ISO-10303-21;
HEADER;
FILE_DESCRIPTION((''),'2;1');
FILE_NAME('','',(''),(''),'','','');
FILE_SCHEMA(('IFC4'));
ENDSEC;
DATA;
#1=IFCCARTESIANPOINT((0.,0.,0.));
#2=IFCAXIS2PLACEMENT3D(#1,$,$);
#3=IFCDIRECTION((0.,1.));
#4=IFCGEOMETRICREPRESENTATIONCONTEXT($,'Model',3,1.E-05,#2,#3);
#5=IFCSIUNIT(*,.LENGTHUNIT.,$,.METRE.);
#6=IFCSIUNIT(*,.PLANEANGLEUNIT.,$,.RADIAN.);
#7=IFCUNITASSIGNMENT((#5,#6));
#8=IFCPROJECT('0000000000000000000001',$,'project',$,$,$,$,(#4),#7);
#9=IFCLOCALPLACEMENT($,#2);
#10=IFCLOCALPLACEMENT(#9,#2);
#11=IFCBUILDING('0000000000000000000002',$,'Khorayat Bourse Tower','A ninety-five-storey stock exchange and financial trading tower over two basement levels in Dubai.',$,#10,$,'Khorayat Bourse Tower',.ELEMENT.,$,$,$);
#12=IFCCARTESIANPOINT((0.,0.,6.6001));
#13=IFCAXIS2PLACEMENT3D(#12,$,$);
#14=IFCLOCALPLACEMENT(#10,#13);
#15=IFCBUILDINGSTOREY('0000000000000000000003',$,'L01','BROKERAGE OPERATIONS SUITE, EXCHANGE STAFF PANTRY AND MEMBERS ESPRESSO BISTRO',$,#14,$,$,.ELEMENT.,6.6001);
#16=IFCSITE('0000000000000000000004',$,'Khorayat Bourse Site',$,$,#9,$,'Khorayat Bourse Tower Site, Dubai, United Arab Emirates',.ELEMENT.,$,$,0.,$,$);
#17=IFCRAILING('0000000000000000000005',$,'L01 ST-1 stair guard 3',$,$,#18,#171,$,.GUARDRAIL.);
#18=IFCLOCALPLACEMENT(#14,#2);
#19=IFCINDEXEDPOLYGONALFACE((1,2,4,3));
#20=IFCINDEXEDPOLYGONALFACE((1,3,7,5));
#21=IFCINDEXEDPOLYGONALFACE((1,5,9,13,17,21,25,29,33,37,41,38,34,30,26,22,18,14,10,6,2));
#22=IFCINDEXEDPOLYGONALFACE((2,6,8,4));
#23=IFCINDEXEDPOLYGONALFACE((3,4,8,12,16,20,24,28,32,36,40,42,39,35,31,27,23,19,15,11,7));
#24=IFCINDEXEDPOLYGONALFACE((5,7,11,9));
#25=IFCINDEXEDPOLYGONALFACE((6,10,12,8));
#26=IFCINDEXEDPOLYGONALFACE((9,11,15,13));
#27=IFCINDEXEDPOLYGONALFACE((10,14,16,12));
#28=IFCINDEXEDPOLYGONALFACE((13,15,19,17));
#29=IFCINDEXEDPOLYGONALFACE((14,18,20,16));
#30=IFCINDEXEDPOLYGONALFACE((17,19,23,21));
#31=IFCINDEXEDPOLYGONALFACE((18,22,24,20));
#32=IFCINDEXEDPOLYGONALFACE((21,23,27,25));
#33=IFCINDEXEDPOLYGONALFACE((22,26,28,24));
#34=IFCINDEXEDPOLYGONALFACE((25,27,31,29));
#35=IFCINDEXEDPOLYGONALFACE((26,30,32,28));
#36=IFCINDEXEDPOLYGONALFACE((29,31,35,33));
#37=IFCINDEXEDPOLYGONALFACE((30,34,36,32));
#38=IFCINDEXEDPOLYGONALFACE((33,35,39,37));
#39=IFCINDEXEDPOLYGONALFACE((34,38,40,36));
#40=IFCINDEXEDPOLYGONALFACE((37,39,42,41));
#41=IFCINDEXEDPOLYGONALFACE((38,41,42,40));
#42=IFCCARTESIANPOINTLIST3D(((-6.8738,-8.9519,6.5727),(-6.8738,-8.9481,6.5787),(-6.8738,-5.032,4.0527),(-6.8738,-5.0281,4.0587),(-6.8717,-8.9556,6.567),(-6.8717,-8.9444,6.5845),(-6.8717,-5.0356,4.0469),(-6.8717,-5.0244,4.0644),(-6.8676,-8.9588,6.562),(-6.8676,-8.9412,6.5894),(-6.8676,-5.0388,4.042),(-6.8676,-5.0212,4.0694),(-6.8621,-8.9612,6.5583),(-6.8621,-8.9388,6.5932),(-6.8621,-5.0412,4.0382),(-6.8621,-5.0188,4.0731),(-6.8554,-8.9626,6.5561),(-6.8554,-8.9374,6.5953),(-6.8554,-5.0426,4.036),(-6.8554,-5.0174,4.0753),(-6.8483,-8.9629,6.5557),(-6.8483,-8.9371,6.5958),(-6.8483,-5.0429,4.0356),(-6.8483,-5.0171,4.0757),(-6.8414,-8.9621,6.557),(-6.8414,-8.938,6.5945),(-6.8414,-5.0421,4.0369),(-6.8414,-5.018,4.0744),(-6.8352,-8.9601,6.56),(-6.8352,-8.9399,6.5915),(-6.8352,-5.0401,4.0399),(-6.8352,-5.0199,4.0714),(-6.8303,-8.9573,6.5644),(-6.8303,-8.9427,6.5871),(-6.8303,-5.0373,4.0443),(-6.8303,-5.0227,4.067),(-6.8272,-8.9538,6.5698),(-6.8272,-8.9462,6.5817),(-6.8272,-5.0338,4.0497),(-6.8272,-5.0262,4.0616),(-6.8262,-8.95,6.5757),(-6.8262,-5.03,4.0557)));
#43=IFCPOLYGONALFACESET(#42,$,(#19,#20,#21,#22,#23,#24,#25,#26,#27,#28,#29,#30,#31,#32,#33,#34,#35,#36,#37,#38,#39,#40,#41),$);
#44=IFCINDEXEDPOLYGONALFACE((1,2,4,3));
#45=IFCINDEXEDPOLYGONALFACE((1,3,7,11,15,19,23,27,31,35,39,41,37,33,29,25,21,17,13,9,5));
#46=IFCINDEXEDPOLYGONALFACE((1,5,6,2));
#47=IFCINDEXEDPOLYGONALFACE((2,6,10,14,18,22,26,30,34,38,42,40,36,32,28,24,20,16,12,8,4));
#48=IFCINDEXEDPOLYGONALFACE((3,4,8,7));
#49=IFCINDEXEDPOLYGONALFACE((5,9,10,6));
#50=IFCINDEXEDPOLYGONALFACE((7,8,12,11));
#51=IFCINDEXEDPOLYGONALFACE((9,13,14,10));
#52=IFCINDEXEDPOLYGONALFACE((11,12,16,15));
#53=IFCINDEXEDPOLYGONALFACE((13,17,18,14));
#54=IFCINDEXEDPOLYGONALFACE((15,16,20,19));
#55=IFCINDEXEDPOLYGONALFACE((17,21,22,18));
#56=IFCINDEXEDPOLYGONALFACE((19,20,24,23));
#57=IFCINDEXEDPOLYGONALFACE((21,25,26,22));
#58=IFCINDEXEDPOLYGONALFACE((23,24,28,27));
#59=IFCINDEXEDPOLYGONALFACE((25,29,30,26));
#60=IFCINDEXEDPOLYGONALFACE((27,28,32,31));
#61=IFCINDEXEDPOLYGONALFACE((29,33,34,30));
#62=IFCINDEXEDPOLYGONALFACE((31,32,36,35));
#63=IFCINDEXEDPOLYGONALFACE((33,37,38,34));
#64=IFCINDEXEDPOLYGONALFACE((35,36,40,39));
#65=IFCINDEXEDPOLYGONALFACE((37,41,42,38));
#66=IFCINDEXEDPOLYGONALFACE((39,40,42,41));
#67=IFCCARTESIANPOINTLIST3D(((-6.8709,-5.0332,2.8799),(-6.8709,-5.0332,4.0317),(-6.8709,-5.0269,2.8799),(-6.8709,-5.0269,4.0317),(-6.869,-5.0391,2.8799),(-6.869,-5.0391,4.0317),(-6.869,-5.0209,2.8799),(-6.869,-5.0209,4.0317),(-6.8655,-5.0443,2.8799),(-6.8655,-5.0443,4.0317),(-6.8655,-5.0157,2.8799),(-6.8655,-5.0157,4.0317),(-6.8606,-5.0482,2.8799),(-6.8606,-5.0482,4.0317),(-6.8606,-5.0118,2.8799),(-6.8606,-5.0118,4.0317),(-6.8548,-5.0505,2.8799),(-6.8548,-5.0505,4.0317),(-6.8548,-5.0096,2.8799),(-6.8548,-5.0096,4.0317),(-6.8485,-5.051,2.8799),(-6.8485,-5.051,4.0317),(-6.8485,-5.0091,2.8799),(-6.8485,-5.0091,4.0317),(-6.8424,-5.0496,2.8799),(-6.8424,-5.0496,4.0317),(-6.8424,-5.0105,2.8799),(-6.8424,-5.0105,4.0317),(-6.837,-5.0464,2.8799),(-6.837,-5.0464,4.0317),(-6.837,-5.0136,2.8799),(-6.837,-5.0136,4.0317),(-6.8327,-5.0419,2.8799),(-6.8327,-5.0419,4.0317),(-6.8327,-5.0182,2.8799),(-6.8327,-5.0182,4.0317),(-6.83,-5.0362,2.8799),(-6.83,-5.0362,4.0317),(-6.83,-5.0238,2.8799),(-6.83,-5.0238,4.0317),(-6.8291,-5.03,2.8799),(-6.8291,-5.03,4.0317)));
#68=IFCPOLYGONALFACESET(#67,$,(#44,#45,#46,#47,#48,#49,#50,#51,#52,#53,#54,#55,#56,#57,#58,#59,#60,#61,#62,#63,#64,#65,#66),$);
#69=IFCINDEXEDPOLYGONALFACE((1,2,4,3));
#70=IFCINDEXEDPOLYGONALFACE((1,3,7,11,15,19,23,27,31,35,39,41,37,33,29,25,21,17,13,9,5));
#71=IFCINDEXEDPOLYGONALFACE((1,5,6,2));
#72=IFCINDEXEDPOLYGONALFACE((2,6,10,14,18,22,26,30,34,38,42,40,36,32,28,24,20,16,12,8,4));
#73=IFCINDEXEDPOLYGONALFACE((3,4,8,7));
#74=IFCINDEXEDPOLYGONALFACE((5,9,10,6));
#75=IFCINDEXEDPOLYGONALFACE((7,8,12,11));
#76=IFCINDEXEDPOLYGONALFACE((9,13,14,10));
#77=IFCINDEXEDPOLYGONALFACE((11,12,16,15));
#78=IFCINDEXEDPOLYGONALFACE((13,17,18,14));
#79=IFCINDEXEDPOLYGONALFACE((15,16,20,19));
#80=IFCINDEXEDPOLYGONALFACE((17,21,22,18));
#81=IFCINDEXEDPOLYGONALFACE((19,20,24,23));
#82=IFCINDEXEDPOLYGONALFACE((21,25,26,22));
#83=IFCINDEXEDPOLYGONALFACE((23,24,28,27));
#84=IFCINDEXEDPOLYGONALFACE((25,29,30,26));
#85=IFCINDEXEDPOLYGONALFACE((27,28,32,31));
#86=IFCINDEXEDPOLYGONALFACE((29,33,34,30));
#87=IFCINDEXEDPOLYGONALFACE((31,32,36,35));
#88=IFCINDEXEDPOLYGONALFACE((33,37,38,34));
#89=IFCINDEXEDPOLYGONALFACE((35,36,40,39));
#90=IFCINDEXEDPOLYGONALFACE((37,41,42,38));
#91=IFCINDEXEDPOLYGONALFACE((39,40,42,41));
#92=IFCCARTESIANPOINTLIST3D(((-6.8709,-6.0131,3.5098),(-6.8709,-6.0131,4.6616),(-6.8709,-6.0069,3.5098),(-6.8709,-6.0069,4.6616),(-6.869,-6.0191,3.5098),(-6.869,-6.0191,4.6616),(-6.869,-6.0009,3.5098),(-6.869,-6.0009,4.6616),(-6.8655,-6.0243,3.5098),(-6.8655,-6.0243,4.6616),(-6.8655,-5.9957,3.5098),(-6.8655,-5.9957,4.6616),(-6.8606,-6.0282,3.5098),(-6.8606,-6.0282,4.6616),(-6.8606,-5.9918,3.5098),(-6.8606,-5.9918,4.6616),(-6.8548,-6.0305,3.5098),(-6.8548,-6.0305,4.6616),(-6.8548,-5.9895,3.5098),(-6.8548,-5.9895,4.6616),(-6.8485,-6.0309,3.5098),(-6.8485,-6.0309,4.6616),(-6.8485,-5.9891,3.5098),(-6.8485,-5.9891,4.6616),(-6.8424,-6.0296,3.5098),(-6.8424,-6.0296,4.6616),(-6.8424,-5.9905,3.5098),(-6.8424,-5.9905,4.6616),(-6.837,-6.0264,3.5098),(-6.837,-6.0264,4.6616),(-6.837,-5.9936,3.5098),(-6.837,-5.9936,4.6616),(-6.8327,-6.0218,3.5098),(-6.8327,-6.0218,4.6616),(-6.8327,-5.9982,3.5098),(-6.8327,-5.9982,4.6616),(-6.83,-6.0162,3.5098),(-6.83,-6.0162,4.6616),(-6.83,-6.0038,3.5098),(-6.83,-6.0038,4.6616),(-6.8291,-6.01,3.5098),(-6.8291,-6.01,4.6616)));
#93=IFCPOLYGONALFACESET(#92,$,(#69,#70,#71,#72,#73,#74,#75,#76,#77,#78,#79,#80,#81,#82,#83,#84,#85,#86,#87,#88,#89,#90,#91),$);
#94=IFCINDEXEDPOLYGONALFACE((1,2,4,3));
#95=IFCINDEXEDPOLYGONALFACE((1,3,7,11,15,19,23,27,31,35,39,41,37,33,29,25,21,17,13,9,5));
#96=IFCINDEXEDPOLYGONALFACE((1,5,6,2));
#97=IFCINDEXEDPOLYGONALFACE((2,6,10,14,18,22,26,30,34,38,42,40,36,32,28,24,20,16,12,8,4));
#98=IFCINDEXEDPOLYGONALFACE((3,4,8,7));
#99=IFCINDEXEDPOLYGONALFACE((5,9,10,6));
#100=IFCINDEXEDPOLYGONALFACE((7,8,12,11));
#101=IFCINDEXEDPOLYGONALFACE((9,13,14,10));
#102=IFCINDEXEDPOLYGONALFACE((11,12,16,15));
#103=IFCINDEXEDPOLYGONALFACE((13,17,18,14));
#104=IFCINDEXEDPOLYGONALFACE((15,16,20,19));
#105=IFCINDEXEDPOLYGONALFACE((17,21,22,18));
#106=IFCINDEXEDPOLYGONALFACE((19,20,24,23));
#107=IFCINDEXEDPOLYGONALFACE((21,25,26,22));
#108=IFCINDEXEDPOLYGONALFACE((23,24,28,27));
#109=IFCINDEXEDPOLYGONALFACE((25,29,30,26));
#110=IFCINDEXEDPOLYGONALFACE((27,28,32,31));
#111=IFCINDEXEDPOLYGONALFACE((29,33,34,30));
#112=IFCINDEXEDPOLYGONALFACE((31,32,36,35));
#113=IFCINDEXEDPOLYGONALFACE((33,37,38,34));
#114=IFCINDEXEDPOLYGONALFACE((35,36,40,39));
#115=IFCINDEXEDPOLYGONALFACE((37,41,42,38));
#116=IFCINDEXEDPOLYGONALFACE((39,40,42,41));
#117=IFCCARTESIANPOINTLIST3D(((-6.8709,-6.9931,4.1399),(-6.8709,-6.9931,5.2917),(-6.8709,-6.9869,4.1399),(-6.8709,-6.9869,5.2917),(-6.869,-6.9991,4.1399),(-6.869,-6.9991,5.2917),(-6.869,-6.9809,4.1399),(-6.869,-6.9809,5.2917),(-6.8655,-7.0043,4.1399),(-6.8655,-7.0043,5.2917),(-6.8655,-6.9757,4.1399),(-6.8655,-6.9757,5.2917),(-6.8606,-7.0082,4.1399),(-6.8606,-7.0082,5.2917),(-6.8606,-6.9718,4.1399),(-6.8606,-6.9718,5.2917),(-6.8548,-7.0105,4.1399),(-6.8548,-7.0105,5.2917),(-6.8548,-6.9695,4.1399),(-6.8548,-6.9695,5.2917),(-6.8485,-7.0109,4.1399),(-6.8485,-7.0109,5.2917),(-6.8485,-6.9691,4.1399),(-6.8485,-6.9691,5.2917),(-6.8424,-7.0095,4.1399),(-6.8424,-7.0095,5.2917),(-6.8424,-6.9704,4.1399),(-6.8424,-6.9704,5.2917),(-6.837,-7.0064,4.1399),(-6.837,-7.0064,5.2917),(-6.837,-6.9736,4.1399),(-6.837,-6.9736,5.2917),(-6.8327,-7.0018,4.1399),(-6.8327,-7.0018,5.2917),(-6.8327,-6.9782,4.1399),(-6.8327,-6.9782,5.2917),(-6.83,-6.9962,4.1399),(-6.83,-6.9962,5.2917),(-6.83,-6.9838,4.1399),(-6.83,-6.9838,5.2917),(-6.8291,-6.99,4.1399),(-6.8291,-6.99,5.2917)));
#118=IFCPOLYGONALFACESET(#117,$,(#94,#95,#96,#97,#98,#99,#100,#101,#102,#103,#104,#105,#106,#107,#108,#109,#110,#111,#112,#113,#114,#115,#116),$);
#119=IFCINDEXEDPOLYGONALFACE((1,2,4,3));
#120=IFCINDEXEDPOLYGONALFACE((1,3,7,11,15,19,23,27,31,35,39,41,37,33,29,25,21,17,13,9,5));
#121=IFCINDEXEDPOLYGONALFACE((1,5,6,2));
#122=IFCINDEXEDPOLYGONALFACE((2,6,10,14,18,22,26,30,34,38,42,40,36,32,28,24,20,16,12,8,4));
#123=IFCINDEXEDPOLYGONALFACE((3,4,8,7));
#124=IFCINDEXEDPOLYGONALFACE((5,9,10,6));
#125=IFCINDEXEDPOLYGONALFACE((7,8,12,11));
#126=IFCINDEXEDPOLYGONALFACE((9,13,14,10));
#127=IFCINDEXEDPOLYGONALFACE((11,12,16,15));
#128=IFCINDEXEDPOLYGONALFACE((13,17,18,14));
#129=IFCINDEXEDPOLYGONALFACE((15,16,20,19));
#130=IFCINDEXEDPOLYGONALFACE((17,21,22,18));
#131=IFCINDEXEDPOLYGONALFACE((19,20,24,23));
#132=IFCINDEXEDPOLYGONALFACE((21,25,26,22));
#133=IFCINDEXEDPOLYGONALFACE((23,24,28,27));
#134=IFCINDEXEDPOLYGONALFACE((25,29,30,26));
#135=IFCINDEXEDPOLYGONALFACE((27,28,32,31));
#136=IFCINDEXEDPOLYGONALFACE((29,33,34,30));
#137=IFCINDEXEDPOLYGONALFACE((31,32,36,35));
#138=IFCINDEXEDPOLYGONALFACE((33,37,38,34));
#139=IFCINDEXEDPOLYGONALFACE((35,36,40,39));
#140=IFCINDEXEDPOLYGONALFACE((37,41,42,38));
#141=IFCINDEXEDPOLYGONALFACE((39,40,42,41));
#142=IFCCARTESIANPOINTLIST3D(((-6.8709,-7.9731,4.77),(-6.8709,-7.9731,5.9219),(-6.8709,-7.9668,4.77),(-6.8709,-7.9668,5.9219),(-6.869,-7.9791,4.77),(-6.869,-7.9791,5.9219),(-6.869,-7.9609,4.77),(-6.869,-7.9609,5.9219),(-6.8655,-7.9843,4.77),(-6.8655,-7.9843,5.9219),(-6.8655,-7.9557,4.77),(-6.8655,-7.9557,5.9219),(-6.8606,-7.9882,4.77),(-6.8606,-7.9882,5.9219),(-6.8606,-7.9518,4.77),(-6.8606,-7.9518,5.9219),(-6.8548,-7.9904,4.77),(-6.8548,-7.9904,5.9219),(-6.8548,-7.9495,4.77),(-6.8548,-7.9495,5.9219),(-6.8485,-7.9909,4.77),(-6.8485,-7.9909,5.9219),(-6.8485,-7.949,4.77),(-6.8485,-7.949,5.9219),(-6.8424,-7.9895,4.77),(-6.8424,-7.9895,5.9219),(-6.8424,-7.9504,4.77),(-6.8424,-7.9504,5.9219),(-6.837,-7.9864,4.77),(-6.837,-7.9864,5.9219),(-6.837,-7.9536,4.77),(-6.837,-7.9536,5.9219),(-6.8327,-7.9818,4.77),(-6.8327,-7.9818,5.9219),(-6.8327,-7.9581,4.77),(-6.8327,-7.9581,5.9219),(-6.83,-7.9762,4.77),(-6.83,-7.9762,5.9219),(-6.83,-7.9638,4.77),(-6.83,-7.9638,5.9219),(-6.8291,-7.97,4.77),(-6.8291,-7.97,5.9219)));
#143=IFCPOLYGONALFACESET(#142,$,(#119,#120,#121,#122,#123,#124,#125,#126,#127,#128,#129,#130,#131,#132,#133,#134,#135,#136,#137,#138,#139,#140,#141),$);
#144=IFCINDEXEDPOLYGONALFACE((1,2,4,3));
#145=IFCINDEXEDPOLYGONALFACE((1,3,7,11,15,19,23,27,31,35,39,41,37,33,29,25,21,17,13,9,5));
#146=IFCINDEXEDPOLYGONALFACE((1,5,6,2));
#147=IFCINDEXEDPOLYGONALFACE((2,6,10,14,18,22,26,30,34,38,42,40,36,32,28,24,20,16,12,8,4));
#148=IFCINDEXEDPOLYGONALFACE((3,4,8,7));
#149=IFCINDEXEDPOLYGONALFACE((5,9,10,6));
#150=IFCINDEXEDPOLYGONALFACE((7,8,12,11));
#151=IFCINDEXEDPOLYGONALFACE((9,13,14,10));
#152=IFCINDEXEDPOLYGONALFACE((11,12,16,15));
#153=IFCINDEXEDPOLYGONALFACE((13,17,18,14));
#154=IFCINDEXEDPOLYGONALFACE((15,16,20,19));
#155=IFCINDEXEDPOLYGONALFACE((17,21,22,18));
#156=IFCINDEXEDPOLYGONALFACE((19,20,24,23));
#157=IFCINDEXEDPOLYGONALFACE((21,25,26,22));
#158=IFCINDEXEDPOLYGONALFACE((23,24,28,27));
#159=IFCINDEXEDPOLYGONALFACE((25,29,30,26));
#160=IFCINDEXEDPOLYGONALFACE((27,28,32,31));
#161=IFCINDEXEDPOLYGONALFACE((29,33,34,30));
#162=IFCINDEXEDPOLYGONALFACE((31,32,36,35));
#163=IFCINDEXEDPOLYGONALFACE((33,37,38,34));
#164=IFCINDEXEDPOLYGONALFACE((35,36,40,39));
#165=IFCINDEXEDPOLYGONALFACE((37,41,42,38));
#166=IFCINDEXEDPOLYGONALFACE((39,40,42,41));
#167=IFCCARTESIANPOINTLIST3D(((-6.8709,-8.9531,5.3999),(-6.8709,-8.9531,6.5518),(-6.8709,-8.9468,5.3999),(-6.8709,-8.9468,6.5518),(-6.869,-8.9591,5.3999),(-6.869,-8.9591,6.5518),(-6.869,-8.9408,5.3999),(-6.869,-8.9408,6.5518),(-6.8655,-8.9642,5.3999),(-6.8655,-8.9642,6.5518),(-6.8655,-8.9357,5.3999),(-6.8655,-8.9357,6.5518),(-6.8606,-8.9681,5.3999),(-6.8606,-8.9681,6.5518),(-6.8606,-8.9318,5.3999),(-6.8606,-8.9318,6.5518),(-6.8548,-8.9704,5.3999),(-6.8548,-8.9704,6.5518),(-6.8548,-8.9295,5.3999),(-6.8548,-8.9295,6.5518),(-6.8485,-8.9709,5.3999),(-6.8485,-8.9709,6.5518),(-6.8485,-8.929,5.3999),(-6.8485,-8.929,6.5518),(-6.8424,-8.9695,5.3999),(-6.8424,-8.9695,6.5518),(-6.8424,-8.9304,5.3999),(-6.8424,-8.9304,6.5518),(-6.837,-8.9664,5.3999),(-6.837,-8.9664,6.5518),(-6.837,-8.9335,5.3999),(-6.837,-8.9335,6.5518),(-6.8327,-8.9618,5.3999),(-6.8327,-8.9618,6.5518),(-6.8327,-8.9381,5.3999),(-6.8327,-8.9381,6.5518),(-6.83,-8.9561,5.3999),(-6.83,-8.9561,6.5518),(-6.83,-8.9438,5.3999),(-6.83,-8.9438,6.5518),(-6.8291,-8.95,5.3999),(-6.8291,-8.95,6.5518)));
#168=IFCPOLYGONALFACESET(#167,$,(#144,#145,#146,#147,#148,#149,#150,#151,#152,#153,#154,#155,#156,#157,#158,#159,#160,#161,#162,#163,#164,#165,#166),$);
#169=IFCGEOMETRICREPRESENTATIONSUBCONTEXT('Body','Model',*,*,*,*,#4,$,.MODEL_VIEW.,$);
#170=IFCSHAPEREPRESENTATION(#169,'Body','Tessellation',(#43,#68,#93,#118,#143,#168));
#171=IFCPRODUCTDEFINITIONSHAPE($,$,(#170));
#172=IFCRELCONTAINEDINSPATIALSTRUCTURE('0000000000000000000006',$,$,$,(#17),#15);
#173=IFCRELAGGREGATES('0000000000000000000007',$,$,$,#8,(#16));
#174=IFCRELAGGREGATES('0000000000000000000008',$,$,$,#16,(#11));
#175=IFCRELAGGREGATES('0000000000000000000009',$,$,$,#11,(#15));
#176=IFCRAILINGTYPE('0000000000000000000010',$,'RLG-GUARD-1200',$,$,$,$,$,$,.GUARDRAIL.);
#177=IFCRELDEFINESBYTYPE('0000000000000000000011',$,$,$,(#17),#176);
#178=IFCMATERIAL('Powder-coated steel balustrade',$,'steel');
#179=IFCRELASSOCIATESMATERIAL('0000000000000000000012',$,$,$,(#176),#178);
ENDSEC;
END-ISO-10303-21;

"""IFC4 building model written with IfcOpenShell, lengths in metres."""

from ifc_helpers import new_model, si_unit, direction, frame, origin, origin_2d, place, context, subcontext, project, spatial, circle, extrude, source, transform, mapped, material, type_object, element, save


model = new_model("IFC4")

# Units and contexts
model_context = context("Model", 3, precision=1e-05, world=origin(), true_north=direction((0.0, 1.0)))
body_context = subcontext(model_context, "Body", "Model", "MODEL_VIEW")
ifc_project = project(units=[si_unit("LENGTHUNIT", "METRE"), si_unit("PLANEANGLEUNIT", "RADIAN")], contexts=[model_context])

# Site, building, storey
site_placement = place(None, origin())
site = spatial("IfcSite", under=ifc_project, at=site_placement, Name="Khorayat Bourse Site", LongName="Khorayat Bourse Tower Site, Dubai, United Arab Emirates", CompositionType="ELEMENT", RefElevation=0.0)
building_placement = place(site_placement, origin())
building = spatial("IfcBuilding", under=site, at=building_placement, Name="Khorayat Bourse Tower", Description="A ninety-five-storey stock exchange and financial trading tower over two basement levels in Dubai.", LongName="Khorayat Bourse Tower", CompositionType="ELEMENT")
storey_placement = place(building_placement, frame((0.0, 0.0, 6.6001)))
storey = spatial("IfcBuildingStorey", under=building, at=storey_placement, Name="L01", Description="BROKERAGE OPERATIONS SUITE, EXCHANGE STAFF PANTRY AND MEMBERS ESPRESSO BISTRO", CompositionType="ELEMENT", Elevation=6.6001)

# Railing
ifc_material_1 = material(Name="Powder-coated steel balustrade", Category="steel")
railing_type_1 = type_object("IfcRailingType", Name="RLG-GUARD-1200", PredefinedType="GUARDRAIL", material=ifc_material_1)
shared_shape_1 = source(origin(), body_context, "Body", "SweptSolid", [
    extrude(circle(Radius=0.0239, at=origin_2d()), frame((0.0, 0.0, 1.1758), z_axis=(0.0, -0.841172, 0.540768), x_axis=(1.0, 0.0, 0.0)), (0.0, 0.0, 1.0), 4.6602),
    extrude(circle(Radius=0.021, at=origin_2d()), origin(), (0.0, 0.0, 1.0), 1.1519),
    extrude(circle(Radius=0.021, at=origin_2d()), frame((0.0, -0.98, 0.6299)), (0.0, 0.0, 1.0), 1.1519),
    extrude(circle(Radius=0.021, at=origin_2d()), frame((0.0, -1.96, 1.26)), (0.0, 0.0, 1.0), 1.1519),
    extrude(circle(Radius=0.021, at=origin_2d()), frame((0.0, -2.9399, 1.8901)), (0.0, 0.0, 1.0), 1.1519),
    extrude(circle(Radius=0.021, at=origin_2d()), frame((0.0, -3.9199, 2.52)), (0.0, 0.0, 1.0), 1.1519),
])
railing_1_placement = place(storey_placement, frame((-6.8501, -5.03, 2.8799)))
element("IfcRailing", 1, at=railing_1_placement, inside=storey, type_object=railing_type_1, Name="L01 ST-1 stair guard 3", PredefinedType="GUARDRAIL", context=body_context, shape_type="MappedRepresentation", body=[
    mapped(shared_shape_1, transform((0.0, 0.0, 0.0), scale=1.0)),
])

save(model, "model.ifc")
